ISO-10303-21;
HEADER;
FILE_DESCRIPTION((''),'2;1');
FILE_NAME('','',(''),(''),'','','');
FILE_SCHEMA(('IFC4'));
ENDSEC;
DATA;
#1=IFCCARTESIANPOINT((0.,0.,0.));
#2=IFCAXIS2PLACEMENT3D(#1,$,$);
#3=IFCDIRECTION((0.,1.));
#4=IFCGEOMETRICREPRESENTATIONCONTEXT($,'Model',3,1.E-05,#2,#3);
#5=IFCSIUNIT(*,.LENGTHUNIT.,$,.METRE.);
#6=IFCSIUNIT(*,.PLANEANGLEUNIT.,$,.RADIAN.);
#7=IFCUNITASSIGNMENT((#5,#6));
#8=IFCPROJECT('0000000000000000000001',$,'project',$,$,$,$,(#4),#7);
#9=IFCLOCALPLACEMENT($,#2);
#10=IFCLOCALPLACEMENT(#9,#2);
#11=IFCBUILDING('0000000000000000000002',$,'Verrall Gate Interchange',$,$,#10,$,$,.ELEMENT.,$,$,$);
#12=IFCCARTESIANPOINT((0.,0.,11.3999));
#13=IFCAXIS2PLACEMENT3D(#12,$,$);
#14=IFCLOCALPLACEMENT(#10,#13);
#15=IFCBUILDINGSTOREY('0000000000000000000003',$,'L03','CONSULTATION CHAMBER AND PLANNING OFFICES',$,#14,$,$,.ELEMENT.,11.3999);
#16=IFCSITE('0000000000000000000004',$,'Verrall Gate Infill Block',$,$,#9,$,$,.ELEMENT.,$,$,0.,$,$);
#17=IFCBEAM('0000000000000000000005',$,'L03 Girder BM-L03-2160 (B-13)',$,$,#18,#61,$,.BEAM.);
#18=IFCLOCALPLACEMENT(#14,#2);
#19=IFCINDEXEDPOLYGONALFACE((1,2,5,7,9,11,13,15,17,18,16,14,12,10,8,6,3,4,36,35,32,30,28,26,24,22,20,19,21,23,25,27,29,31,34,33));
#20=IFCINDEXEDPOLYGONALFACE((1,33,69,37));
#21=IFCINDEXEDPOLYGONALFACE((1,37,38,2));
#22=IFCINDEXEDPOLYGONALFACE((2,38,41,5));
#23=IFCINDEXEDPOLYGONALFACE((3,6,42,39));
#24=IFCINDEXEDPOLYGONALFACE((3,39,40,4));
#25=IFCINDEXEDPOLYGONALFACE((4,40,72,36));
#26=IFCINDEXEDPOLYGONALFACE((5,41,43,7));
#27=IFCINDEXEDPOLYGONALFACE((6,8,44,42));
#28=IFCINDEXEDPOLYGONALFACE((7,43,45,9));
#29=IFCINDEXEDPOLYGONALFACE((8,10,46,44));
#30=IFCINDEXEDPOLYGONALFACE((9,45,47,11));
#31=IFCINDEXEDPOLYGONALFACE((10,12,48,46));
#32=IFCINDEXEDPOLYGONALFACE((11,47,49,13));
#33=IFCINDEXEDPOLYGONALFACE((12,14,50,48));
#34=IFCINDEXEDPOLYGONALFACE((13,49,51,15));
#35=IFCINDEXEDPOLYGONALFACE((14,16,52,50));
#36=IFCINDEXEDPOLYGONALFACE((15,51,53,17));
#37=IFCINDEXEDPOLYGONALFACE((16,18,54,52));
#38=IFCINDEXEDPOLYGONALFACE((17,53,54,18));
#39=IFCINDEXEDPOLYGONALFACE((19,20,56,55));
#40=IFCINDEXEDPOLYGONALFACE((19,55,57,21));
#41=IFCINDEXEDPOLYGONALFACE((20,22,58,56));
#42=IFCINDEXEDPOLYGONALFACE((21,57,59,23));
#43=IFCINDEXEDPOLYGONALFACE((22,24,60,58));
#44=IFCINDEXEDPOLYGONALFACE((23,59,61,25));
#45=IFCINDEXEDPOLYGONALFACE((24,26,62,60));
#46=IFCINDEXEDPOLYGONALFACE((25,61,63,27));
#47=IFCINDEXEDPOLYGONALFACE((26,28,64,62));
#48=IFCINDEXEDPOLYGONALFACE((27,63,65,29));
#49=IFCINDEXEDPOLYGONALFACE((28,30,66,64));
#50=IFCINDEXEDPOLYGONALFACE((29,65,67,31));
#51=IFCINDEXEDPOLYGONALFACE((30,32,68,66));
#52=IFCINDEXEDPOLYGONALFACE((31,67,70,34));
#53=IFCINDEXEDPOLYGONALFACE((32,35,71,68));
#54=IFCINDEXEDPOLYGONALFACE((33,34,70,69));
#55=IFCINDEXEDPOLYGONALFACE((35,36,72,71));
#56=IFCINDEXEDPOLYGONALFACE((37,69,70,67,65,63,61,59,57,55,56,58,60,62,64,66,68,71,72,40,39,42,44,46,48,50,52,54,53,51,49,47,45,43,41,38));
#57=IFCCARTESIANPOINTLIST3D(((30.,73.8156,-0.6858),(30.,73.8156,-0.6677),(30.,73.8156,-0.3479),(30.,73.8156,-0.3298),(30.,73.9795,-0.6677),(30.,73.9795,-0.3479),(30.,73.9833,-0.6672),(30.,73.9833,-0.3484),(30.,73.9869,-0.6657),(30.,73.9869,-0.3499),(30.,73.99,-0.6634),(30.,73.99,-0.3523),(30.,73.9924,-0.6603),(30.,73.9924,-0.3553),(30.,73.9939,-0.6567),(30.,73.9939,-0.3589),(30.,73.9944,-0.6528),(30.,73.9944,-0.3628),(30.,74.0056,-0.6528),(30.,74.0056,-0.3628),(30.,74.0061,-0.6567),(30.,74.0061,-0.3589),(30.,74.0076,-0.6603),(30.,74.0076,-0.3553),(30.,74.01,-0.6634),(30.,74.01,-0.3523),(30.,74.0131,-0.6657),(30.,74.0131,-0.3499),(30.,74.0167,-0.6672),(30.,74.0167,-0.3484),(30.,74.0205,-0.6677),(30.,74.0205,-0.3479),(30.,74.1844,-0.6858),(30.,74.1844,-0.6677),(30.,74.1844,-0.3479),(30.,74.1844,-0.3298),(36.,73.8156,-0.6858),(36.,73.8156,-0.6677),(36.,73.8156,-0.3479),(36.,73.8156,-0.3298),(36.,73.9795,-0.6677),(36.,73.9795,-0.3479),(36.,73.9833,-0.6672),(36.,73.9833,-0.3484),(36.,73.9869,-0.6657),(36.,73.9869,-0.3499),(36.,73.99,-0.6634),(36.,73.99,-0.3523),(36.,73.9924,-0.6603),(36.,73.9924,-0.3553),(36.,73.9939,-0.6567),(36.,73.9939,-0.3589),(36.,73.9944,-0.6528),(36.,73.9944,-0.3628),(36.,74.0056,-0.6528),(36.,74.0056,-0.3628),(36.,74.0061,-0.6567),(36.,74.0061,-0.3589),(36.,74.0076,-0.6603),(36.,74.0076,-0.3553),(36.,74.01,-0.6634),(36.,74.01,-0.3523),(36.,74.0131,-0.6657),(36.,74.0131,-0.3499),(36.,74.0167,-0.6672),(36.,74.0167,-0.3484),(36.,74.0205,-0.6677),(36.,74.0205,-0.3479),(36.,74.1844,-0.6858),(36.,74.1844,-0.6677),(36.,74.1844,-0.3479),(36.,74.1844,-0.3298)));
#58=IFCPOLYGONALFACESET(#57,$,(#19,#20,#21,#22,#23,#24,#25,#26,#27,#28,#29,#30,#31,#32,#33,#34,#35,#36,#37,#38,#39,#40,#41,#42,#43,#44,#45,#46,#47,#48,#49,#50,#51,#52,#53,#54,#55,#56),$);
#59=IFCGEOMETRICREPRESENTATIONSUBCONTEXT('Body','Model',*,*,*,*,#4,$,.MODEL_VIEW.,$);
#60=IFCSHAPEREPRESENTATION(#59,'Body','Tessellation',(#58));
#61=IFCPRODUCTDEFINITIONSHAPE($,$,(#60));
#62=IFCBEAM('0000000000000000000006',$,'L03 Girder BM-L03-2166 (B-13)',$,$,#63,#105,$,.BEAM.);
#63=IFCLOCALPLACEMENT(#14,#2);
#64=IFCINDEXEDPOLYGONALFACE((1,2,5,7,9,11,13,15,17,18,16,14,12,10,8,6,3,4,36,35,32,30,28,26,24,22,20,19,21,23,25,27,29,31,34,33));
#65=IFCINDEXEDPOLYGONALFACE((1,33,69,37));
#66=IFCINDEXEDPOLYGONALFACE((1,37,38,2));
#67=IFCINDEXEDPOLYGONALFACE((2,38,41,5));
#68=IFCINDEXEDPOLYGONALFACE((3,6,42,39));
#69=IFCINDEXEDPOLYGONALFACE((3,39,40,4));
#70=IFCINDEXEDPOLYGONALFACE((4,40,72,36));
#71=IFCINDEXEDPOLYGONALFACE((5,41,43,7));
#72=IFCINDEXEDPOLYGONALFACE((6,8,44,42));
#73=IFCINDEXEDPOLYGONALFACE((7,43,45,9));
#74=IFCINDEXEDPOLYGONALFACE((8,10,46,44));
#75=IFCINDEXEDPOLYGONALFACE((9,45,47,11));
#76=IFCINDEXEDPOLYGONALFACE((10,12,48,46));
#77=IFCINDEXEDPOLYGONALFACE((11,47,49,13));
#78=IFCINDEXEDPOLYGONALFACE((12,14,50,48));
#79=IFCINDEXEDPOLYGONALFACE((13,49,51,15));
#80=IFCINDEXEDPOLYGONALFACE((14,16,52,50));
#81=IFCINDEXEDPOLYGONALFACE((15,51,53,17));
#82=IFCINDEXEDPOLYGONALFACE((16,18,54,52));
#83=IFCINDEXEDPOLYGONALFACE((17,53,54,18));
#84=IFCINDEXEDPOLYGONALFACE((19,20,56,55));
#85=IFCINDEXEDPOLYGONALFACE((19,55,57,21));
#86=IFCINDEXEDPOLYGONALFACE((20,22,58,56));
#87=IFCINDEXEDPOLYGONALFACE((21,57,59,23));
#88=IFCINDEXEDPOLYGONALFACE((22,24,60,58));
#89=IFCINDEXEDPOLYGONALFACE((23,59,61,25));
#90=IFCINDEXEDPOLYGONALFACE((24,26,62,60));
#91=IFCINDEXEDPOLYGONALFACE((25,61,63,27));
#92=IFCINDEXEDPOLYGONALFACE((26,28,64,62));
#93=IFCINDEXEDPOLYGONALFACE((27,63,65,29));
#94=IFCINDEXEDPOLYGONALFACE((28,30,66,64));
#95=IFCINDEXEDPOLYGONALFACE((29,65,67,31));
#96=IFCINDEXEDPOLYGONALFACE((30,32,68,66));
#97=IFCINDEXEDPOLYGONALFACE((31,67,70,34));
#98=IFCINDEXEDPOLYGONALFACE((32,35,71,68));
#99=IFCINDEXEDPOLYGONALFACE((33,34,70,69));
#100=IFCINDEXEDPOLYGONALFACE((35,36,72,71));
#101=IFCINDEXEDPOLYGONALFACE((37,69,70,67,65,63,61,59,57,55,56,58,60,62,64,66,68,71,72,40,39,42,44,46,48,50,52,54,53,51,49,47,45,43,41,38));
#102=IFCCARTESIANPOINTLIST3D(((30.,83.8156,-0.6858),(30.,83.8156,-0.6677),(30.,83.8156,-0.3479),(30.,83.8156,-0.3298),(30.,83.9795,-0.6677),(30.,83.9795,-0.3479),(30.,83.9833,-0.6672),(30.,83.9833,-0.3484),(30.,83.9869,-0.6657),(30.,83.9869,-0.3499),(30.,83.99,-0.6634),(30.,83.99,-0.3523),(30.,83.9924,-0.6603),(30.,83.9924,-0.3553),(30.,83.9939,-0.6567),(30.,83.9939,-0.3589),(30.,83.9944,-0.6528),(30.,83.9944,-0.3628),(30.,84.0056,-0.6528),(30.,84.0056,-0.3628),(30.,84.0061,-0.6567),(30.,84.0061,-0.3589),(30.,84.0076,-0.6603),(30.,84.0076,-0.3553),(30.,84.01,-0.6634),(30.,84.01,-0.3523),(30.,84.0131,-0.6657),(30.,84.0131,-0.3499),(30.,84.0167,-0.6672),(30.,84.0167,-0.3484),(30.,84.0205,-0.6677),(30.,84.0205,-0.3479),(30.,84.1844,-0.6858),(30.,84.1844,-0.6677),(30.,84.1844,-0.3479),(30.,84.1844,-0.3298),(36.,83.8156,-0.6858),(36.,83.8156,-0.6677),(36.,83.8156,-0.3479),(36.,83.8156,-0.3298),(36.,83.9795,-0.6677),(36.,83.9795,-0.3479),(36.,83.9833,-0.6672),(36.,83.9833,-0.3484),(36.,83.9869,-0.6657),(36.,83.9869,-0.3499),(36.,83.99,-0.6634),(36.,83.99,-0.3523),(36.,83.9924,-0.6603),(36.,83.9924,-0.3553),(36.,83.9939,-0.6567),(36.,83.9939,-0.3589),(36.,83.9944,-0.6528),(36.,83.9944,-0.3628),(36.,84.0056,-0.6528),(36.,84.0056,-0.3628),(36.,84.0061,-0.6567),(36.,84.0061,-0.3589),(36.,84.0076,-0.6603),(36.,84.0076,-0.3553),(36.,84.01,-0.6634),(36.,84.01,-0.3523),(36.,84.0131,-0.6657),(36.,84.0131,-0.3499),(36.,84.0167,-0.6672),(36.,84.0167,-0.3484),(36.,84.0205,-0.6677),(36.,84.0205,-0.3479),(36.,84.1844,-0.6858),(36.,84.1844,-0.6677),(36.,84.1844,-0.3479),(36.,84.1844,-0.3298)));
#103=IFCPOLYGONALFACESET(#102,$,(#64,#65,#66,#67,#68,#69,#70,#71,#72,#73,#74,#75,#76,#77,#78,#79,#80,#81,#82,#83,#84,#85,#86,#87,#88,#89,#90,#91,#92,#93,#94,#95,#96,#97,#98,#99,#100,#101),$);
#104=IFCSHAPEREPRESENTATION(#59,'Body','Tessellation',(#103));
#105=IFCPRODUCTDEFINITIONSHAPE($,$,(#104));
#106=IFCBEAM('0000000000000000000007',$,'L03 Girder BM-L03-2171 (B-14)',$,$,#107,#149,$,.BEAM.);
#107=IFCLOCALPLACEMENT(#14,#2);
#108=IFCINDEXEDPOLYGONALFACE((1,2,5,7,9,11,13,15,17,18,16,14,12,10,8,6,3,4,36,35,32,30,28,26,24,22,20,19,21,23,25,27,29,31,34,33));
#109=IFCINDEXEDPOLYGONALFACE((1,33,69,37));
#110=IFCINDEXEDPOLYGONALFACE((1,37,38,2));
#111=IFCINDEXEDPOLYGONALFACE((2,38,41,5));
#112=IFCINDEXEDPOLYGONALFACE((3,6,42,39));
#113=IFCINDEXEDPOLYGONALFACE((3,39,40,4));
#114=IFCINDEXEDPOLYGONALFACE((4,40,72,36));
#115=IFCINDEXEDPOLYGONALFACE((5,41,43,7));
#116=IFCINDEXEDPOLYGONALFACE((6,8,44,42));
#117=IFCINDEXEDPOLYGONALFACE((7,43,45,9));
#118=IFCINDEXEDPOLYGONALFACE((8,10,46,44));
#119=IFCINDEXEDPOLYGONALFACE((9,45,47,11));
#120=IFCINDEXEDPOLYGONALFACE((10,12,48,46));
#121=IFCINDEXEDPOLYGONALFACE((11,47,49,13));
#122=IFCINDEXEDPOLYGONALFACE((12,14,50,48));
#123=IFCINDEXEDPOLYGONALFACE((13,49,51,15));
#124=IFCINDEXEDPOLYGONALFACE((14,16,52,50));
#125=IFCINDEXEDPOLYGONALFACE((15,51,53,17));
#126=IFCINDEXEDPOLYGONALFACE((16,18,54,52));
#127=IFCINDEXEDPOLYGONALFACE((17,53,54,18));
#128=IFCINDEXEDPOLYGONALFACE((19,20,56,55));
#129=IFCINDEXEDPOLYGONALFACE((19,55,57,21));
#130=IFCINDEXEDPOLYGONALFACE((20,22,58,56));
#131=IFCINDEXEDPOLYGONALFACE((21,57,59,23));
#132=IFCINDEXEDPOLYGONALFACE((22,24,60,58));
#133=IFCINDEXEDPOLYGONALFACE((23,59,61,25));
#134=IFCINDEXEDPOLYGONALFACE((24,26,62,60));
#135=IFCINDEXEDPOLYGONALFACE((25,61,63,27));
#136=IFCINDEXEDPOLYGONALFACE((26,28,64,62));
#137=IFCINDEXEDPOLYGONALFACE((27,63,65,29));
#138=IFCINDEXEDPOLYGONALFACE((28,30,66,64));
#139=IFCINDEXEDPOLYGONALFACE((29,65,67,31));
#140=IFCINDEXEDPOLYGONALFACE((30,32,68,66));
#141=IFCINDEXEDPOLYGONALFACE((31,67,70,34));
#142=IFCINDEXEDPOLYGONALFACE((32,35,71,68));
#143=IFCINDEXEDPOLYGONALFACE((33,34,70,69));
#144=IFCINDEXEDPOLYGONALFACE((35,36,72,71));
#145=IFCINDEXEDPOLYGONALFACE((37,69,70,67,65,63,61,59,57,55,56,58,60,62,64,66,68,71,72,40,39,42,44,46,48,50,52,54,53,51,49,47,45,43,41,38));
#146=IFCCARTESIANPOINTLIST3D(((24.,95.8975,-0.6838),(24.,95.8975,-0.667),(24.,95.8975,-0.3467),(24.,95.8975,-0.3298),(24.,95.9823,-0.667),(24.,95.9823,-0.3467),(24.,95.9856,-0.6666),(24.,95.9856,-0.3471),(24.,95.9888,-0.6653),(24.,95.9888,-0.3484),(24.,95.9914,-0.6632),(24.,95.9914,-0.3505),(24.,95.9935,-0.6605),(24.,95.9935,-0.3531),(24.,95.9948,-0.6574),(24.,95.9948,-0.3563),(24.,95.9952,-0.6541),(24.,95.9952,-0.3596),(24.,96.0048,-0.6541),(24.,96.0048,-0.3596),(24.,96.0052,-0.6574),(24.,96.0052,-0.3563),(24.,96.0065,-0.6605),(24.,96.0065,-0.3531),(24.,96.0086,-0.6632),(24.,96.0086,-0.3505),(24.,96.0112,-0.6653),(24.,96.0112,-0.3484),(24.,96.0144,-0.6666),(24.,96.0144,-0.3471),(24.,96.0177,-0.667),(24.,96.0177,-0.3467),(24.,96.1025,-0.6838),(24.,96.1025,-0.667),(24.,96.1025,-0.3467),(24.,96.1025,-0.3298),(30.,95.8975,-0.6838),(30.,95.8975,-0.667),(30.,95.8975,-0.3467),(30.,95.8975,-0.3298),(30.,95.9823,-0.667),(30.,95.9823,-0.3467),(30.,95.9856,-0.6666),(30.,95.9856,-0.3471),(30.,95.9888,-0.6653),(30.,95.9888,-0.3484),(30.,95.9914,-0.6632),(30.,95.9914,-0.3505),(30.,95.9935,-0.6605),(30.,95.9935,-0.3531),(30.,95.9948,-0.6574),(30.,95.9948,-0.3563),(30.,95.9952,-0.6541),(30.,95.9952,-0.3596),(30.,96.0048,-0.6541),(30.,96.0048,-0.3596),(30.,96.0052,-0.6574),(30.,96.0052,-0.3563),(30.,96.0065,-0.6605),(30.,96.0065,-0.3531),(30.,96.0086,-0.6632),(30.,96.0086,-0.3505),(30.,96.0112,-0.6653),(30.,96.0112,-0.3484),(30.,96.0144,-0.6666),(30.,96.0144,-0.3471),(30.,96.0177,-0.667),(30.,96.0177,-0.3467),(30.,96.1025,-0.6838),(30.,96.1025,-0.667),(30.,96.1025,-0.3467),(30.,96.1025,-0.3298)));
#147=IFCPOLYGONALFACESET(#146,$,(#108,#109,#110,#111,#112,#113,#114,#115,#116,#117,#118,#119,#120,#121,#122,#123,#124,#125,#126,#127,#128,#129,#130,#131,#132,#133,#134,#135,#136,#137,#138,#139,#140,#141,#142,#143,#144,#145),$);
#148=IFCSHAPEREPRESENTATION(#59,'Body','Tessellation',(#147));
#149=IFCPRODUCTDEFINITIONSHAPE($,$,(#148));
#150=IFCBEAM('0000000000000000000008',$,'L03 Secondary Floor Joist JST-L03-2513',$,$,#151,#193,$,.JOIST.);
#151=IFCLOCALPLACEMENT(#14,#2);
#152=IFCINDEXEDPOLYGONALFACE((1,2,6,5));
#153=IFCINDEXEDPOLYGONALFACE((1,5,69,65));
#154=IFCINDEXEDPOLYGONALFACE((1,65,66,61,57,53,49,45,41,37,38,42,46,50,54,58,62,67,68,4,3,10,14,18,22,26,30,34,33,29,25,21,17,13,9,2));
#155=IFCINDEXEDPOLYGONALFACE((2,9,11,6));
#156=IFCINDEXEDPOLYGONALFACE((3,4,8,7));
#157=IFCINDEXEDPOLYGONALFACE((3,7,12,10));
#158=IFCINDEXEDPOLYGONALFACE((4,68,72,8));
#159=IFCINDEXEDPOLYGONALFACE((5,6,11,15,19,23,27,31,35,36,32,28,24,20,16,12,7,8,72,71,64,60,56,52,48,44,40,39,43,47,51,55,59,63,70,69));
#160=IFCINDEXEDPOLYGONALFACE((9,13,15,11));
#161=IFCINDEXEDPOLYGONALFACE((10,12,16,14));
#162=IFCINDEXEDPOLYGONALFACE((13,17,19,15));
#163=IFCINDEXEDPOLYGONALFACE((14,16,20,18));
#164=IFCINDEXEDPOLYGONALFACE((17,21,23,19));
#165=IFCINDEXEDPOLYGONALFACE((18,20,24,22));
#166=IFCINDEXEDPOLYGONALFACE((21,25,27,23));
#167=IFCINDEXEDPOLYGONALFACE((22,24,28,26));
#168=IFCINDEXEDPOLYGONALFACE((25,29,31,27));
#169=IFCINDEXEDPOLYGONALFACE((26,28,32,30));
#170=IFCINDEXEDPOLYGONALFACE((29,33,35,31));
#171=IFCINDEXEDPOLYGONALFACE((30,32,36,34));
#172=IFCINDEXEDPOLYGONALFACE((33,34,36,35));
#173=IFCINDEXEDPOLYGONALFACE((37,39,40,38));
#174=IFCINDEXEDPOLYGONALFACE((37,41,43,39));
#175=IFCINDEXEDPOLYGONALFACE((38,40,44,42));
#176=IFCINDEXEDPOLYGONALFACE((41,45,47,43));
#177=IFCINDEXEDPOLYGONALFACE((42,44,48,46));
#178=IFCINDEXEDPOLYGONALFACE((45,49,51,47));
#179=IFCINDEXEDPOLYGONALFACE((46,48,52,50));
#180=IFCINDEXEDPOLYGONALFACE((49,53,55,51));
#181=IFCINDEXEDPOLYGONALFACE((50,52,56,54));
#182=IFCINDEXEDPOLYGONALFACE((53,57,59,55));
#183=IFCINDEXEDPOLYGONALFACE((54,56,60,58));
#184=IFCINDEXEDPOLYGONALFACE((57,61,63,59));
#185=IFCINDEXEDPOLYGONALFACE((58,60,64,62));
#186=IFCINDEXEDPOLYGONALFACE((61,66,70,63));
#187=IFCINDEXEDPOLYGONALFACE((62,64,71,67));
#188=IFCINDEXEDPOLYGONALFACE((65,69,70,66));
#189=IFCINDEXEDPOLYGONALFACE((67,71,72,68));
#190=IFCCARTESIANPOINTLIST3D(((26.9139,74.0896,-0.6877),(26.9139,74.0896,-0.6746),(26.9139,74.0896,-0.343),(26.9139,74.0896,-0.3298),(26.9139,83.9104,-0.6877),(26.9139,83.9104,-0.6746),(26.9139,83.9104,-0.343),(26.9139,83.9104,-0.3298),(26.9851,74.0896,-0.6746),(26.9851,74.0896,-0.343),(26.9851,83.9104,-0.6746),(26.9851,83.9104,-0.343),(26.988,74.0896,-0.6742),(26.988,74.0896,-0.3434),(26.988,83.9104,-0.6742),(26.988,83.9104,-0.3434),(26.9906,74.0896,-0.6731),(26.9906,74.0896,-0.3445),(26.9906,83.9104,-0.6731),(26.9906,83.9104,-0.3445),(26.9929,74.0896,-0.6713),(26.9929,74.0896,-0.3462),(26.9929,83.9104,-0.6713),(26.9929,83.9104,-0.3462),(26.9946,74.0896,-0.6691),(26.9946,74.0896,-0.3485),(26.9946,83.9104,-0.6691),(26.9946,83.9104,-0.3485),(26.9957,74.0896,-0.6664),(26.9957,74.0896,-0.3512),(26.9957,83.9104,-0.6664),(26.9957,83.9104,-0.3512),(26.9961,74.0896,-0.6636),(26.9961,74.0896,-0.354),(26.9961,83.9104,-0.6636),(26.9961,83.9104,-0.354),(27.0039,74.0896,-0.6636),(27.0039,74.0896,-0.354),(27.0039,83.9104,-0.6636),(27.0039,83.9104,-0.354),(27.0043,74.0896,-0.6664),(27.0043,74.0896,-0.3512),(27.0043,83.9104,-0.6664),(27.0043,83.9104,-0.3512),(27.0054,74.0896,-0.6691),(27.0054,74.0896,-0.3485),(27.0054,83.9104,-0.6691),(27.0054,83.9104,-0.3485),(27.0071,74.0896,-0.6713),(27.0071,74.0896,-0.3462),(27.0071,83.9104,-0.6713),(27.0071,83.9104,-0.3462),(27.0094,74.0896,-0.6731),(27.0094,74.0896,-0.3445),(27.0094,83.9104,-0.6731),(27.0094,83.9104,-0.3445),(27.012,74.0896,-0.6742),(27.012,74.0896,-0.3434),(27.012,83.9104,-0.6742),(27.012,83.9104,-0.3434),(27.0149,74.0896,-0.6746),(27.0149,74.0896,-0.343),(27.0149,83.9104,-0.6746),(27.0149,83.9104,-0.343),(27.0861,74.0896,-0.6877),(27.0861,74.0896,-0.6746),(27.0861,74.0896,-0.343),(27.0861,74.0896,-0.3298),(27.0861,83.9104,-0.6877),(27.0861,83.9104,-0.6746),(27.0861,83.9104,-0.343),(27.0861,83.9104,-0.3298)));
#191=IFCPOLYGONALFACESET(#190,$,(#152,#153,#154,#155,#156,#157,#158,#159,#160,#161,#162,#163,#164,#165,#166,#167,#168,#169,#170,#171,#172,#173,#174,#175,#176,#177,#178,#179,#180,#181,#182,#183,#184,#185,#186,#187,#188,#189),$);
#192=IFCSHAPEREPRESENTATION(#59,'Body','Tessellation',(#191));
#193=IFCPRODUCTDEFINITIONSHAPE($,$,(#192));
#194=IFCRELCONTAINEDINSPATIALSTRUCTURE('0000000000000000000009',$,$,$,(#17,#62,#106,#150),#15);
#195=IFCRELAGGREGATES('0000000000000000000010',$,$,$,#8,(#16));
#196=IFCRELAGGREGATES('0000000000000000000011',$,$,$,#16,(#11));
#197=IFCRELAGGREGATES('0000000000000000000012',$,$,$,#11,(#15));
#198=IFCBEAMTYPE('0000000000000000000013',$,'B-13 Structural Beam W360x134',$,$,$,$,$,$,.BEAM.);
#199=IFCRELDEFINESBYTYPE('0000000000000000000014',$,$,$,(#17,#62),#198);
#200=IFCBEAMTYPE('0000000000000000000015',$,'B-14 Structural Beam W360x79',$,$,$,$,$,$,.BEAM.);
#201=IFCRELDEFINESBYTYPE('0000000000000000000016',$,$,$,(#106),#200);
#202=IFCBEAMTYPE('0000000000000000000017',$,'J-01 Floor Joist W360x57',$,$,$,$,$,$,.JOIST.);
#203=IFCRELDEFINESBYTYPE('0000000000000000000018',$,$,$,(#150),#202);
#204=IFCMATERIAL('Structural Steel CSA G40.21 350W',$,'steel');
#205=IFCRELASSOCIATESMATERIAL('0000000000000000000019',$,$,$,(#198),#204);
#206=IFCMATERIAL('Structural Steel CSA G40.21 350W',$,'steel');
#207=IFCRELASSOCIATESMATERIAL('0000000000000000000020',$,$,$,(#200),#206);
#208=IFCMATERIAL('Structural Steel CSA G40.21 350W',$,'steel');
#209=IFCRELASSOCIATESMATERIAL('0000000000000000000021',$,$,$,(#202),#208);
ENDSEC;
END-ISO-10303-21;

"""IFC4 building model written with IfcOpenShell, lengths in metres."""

from ifc_helpers import new_model, si_unit, direction, frame, origin, origin_2d, place, context, subcontext, project, spatial, i_section, extrude, material, material_profile, profile_set, type_object, element, save


model = new_model("IFC4")

# Units and contexts
model_context = context("Model", 3, precision=1e-05, world=origin(), true_north=direction((0.0, 1.0)))
body_context = subcontext(model_context, "Body", "Model", "MODEL_VIEW")
ifc_project = project(units=[si_unit("LENGTHUNIT", "METRE"), si_unit("PLANEANGLEUNIT", "RADIAN")], contexts=[model_context])

# Site, building, storey
site_placement = place(None, origin())
site = spatial("IfcSite", under=ifc_project, at=site_placement, Name="Verrall Gate Infill Block", CompositionType="ELEMENT", RefElevation=0.0)
building_placement = place(site_placement, origin())
building = spatial("IfcBuilding", under=site, at=building_placement, Name="Verrall Gate Interchange", CompositionType="ELEMENT")
storey_placement = place(building_placement, frame((0.0, 0.0, 11.3999)))
storey = spatial("IfcBuildingStorey", under=building, at=storey_placement, Name="L03", Description="CONSULTATION CHAMBER AND PLANNING OFFICES", CompositionType="ELEMENT", Elevation=11.3999)

# Beams
ifc_material_1 = material(Name="Structural Steel CSA G40.21 350W", Category="steel")
ifc_material_profile_1 = material_profile(ifc_material_1, i_section(OverallWidth=0.3689, OverallDepth=0.356, WebThickness=0.0112, FlangeThickness=0.0181, FilletRadius=0.0149, at=origin_2d()), Name="W360x134")
ifc_profile_set_1 = profile_set([ifc_material_profile_1], Name="Structural Steel CSA G40.21 350W")
beam_type_1 = type_object("IfcBeamType", Name="B-13 Structural Beam W360x134", PredefinedType="BEAM", material=ifc_profile_set_1)
for number, where, z_axis, x_axis, name in (
    (1, (30.0, 74.0, -0.5078), (1.0, 0.0, 0.0), (0.0, 1.0, 0.0), "L03 Girder BM-L03-2160 (B-13)"),
    (2, (30.0, 84.0, -0.5078), (1.0, 0.0, 0.0), (0.0, 1.0, 0.0), "L03 Girder BM-L03-2166 (B-13)"),
):
    element("IfcBeam", number, at=place(storey_placement, frame(where, z_axis=z_axis, x_axis=x_axis)), inside=storey, type_object=beam_type_1, Name=name, PredefinedType="BEAM", context=body_context, shape_type="SweptSolid", body=[
        extrude(i_section(OverallWidth=0.3689, OverallDepth=0.356, WebThickness=0.0112, FlangeThickness=0.0181, FilletRadius=0.0149, at=origin_2d()), origin(), (0.0, 0.0, 1.0), 6.0),
    ])
ifc_material_2 = material(Name="Structural Steel CSA G40.21 350W", Category="steel")
ifc_material_profile_2 = material_profile(ifc_material_2, i_section(OverallWidth=0.2051, OverallDepth=0.354, WebThickness=0.0095, FlangeThickness=0.0168, FilletRadius=0.0129, at=origin_2d()), Name="W360x79")
ifc_profile_set_2 = profile_set([ifc_material_profile_2], Name="Structural Steel CSA G40.21 350W")
beam_type_2 = type_object("IfcBeamType", Name="B-14 Structural Beam W360x79", PredefinedType="BEAM", material=ifc_profile_set_2)
beam_1_placement = place(storey_placement, frame((24.0, 96.0, -0.5068), z_axis=(1.0, 0.0, 0.0), x_axis=(0.0, 1.0, 0.0)))
element("IfcBeam", 3, at=beam_1_placement, inside=storey, type_object=beam_type_2, Name="L03 Girder BM-L03-2171 (B-14)", PredefinedType="BEAM", context=body_context, shape_type="SweptSolid", body=[
    extrude(i_section(OverallWidth=0.2051, OverallDepth=0.354, WebThickness=0.0095, FlangeThickness=0.0168, FilletRadius=0.0129, at=origin_2d()), origin(), (0.0, 0.0, 1.0), 6.0),
])
ifc_material_3 = material(Name="Structural Steel CSA G40.21 350W", Category="steel")
ifc_material_profile_3 = material_profile(ifc_material_3, i_section(OverallWidth=0.1721, OverallDepth=0.3579, WebThickness=0.0078, FlangeThickness=0.0132, FilletRadius=0.011, at=origin_2d()), Name="W360x57")
ifc_profile_set_3 = profile_set([ifc_material_profile_3], Name="Structural Steel CSA G40.21 350W")
beam_type_3 = type_object("IfcBeamType", Name="J-01 Floor Joist W360x57", PredefinedType="JOIST", material=ifc_profile_set_3)
beam_2_placement = place(storey_placement, frame((27.0, 74.0896, -0.5088), z_axis=(0.0, 1.0, 0.0), x_axis=(-1.0, 0.0, 0.0)))
element("IfcBeam", 4, at=beam_2_placement, inside=storey, type_object=beam_type_3, Name="L03 Secondary Floor Joist JST-L03-2513", PredefinedType="JOIST", context=body_context, shape_type="SweptSolid", body=[
    extrude(i_section(OverallWidth=0.1721, OverallDepth=0.3579, WebThickness=0.0078, FlangeThickness=0.0132, FilletRadius=0.011, at=origin_2d()), origin(), (0.0, 0.0, 1.0), 9.8208),
])

save(model, "model.ifc")
